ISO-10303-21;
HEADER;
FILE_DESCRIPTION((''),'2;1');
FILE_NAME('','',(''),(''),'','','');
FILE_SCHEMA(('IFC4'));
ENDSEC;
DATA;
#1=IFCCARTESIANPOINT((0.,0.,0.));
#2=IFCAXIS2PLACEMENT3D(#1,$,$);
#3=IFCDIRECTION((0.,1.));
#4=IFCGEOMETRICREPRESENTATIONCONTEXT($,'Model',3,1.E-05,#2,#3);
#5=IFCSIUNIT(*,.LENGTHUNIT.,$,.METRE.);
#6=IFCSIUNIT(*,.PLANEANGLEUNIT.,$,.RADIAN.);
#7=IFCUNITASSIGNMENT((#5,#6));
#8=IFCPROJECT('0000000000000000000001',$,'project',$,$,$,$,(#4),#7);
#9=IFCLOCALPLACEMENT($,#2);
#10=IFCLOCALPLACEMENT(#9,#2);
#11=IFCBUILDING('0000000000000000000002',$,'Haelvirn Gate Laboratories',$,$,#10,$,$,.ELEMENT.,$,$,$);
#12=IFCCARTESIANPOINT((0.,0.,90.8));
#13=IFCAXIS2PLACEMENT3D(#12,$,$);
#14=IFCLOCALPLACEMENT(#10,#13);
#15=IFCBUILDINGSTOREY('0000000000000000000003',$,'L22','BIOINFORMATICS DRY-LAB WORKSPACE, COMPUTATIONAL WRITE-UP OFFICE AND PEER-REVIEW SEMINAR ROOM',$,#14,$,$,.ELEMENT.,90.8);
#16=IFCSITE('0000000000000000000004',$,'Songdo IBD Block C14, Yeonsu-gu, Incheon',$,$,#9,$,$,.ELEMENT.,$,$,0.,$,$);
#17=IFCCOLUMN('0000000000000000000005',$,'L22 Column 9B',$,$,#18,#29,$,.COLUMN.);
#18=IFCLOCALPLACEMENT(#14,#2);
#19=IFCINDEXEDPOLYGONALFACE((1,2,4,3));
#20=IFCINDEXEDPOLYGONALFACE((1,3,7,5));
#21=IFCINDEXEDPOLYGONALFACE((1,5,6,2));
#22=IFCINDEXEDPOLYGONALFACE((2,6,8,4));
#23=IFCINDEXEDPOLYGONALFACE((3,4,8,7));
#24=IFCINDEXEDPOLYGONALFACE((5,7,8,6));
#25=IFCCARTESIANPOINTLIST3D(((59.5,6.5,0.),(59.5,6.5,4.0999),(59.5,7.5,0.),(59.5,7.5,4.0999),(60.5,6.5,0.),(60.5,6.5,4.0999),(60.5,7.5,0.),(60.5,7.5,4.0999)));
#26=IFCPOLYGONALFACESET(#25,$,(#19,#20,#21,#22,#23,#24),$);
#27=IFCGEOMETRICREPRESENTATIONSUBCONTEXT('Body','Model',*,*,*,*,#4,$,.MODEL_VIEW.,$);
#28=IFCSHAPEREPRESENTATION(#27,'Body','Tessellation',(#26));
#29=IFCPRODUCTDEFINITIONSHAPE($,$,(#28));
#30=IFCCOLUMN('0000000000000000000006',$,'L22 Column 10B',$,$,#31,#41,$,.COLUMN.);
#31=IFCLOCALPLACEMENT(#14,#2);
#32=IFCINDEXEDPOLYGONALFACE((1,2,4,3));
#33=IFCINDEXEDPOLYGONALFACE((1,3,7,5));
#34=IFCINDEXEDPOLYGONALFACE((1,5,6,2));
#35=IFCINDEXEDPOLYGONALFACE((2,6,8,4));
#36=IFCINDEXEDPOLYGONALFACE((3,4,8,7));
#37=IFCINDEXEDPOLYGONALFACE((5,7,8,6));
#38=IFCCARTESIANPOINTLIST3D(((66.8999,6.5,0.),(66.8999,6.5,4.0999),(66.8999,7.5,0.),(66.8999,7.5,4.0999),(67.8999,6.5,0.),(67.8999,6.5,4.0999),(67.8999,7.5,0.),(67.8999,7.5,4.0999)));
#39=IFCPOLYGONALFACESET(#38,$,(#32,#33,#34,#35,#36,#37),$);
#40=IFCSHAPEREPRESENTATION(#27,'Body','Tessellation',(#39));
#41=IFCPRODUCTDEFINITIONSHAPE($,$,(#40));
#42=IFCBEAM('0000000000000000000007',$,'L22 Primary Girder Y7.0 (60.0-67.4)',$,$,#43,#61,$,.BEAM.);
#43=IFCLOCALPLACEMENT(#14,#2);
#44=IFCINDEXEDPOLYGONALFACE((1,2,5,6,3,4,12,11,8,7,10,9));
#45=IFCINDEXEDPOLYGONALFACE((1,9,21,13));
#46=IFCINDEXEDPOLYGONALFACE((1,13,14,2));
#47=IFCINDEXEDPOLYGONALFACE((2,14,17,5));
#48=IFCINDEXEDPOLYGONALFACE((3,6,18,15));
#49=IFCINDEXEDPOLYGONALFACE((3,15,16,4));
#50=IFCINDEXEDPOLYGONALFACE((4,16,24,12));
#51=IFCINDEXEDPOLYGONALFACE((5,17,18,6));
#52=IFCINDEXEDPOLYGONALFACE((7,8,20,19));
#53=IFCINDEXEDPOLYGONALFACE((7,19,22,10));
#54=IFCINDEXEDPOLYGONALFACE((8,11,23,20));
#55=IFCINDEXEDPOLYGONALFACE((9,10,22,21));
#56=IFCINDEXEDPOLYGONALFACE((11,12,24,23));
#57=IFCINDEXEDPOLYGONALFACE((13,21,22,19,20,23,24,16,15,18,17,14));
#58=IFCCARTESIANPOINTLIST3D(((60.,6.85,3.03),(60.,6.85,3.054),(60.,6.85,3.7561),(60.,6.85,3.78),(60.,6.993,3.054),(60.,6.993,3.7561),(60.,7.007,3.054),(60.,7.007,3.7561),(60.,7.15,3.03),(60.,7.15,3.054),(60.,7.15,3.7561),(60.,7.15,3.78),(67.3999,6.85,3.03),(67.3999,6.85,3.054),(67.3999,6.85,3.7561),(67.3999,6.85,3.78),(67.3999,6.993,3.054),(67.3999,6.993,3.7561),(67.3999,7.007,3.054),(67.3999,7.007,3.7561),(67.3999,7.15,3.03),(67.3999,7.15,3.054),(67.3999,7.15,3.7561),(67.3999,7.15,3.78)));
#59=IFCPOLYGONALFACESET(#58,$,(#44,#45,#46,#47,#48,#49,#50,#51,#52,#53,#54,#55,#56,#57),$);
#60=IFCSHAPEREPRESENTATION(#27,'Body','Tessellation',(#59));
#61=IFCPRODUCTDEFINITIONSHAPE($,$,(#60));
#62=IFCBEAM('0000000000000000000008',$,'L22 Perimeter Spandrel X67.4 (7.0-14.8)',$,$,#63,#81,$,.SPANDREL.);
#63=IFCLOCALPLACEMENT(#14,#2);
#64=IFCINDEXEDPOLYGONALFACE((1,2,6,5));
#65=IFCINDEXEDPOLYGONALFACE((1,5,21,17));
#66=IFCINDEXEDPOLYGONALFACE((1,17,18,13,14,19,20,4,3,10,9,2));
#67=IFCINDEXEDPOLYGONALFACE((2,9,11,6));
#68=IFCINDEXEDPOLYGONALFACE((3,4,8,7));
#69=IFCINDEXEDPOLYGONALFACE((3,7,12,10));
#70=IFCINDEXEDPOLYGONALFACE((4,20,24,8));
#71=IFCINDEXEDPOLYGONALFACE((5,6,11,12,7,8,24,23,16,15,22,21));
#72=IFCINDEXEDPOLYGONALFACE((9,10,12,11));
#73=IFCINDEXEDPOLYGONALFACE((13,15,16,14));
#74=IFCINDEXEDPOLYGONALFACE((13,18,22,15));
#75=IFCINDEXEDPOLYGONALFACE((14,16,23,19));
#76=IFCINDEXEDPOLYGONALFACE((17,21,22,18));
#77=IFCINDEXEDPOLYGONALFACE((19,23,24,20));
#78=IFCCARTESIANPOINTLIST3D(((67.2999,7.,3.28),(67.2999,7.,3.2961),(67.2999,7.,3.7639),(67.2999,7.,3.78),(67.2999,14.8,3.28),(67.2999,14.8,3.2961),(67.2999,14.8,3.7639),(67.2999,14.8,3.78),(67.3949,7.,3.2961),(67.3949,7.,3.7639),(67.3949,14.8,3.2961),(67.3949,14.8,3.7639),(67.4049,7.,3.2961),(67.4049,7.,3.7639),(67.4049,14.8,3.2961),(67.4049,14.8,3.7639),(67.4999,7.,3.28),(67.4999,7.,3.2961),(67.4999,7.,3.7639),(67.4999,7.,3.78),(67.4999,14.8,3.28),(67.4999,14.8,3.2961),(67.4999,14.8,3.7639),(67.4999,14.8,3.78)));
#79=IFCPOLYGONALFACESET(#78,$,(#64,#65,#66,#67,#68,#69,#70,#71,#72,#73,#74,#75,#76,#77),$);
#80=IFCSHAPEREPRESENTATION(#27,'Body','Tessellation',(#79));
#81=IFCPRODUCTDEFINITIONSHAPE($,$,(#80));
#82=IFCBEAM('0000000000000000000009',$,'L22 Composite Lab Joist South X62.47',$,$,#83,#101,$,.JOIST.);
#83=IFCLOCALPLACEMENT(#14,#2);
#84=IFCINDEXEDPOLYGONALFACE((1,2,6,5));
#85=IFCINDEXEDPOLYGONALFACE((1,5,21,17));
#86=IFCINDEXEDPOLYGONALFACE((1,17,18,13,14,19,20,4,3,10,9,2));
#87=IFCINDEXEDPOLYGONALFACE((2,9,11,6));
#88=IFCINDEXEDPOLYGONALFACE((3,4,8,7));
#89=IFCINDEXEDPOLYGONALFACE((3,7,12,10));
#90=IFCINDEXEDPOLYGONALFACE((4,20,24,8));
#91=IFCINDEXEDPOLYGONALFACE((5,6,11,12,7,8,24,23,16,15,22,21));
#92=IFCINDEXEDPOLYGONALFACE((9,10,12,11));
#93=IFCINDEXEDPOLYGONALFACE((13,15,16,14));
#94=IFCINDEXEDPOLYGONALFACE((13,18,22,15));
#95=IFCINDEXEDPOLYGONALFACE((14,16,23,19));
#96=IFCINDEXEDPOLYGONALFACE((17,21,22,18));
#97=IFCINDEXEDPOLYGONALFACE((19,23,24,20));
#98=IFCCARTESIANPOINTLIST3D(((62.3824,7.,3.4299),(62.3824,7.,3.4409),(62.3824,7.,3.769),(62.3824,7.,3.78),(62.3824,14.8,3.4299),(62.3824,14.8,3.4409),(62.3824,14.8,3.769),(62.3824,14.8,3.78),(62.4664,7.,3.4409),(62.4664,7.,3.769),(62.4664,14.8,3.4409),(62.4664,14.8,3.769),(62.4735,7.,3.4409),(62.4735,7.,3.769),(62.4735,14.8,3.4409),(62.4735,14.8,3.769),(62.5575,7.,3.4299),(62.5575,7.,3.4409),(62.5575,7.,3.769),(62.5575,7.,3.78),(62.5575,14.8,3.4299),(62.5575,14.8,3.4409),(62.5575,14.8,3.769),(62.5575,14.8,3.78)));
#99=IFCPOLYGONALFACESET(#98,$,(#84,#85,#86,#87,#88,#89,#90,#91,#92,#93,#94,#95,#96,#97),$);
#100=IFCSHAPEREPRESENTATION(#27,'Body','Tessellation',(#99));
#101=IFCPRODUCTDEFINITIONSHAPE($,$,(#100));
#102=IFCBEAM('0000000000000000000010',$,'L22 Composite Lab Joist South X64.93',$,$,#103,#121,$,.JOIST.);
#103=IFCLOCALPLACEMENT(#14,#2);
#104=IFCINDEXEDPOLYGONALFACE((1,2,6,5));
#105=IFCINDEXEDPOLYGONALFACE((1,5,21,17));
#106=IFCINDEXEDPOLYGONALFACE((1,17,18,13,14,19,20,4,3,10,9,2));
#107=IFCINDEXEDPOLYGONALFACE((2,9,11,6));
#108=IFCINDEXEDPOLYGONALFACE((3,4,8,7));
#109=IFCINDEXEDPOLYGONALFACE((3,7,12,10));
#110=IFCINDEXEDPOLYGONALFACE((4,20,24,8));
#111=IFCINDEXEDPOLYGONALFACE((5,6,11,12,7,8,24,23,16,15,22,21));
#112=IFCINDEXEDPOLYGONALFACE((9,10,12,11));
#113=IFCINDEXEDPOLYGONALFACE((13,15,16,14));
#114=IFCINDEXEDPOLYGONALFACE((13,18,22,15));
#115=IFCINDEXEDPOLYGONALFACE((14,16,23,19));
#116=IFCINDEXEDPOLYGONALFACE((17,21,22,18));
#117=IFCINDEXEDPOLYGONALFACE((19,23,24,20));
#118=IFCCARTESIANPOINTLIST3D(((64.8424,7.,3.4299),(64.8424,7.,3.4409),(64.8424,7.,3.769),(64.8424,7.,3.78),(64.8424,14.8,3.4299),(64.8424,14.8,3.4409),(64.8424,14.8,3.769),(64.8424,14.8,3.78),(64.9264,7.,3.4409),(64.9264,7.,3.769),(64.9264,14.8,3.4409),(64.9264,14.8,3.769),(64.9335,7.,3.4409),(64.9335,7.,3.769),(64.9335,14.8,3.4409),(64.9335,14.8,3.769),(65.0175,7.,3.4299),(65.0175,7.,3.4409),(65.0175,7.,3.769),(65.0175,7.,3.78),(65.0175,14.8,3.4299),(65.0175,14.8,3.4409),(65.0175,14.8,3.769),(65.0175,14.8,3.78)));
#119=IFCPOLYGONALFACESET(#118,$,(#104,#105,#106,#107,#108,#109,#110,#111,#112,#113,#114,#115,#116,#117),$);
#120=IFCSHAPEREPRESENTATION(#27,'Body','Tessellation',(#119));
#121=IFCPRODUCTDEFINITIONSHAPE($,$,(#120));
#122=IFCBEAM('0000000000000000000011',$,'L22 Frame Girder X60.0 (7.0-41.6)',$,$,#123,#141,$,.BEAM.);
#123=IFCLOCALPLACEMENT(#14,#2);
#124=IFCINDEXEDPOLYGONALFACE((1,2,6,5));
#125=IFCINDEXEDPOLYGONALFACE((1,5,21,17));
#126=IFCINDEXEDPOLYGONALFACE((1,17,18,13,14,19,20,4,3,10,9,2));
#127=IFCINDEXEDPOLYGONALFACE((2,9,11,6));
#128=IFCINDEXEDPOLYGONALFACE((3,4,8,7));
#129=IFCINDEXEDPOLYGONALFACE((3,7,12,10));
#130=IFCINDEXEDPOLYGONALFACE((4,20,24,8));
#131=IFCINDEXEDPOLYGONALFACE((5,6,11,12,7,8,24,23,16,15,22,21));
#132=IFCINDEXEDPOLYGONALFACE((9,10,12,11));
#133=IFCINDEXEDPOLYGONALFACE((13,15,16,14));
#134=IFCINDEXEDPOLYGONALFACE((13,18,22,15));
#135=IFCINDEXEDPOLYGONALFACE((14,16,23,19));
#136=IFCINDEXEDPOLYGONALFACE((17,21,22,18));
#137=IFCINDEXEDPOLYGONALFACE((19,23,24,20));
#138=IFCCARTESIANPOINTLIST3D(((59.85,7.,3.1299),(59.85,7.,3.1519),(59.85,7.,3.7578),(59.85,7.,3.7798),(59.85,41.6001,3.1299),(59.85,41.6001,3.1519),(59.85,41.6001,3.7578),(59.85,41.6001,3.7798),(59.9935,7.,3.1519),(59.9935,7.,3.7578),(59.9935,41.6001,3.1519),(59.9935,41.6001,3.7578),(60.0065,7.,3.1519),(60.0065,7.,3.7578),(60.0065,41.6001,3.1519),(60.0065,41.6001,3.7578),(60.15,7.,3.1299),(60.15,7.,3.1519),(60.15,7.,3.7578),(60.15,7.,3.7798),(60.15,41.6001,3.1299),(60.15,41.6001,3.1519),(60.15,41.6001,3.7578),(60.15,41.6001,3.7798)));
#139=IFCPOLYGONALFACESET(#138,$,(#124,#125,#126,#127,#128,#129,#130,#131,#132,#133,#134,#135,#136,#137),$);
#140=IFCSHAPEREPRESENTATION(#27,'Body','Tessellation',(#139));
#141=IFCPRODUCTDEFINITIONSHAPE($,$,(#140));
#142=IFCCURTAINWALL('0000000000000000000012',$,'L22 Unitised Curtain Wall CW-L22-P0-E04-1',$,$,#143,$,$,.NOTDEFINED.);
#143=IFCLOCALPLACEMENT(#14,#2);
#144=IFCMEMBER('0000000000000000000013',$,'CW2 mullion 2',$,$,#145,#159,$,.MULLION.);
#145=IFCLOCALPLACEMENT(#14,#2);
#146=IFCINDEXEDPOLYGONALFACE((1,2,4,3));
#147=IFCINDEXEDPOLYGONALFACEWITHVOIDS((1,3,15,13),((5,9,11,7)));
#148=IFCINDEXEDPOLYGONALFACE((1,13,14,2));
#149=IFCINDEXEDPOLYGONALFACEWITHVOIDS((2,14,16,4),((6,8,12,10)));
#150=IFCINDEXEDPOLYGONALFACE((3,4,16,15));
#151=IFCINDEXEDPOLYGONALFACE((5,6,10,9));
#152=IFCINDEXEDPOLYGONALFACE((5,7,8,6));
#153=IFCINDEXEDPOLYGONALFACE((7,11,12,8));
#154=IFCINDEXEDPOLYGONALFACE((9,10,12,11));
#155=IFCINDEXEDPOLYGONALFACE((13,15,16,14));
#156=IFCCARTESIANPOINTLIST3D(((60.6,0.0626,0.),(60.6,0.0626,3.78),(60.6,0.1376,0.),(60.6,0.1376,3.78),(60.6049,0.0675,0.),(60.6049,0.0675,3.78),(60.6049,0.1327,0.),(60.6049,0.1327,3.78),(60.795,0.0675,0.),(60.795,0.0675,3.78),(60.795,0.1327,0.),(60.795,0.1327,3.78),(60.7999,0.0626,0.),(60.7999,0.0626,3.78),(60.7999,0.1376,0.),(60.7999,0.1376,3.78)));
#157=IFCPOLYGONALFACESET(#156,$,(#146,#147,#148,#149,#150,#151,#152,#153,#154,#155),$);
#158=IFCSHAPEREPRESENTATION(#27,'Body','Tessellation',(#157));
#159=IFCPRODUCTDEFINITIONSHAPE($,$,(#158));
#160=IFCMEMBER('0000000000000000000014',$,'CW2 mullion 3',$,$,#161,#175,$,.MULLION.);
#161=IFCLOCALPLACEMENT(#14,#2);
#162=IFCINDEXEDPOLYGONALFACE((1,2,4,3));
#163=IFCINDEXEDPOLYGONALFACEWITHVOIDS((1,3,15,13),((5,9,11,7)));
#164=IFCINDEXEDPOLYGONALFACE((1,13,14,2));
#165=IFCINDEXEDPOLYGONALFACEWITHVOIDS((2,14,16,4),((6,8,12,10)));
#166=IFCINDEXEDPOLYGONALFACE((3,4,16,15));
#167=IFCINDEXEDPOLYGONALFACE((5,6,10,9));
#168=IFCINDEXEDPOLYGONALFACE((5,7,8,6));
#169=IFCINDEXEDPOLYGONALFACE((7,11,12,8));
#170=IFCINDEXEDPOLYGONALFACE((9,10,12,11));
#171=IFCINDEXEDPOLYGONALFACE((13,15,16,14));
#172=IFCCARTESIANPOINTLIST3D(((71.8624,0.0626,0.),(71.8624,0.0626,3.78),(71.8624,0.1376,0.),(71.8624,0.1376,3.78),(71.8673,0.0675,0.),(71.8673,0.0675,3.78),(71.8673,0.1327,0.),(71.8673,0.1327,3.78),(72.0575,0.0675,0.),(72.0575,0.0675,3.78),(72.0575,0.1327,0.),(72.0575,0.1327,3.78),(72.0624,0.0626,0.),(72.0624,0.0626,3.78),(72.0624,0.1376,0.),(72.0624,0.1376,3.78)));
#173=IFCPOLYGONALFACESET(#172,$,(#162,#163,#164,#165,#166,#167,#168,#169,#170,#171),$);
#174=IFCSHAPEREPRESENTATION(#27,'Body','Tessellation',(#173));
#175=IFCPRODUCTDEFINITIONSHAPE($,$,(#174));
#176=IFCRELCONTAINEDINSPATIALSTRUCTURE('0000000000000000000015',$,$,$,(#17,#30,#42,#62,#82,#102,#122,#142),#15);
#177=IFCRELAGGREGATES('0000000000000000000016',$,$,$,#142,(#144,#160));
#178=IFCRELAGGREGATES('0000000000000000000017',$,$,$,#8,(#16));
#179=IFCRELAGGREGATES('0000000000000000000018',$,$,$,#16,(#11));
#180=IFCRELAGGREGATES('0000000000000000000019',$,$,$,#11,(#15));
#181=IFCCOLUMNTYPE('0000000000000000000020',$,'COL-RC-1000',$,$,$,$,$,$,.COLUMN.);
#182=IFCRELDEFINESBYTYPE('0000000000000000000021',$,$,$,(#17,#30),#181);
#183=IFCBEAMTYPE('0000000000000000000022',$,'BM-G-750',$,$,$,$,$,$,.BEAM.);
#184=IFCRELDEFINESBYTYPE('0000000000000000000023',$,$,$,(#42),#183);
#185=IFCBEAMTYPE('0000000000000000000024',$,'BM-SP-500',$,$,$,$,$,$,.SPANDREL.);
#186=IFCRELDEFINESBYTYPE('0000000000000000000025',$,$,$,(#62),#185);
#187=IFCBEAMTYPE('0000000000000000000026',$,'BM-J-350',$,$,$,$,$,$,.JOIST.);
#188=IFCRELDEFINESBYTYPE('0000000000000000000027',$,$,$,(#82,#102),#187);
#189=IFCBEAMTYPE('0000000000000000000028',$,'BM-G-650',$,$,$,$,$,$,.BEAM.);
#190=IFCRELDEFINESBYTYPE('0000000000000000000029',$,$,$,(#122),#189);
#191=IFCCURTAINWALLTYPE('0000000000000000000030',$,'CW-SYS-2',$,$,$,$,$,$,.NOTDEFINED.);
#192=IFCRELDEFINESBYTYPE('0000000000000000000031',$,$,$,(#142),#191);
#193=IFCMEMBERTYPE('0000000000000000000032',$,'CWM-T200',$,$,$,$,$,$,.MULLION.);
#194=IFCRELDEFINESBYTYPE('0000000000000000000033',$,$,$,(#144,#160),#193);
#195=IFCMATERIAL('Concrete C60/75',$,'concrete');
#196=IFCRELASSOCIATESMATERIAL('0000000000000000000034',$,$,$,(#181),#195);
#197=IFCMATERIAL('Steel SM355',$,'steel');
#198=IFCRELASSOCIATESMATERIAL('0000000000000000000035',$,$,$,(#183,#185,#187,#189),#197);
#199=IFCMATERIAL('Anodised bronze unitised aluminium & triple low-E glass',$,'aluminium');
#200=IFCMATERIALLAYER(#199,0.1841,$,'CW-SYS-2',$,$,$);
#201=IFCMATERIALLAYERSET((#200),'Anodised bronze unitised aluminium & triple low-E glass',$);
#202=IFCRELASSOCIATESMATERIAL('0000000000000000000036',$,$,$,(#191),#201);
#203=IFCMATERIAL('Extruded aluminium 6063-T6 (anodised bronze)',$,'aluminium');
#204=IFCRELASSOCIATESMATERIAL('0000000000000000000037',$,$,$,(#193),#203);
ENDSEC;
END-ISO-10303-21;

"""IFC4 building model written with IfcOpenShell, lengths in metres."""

from ifc_helpers import new_model, si_unit, direction, frame, origin, origin_2d, place, context, subcontext, project, spatial, rectangle, hollow_rectangle, i_section, extrude, source, transform, mapped, material, layer, layer_set, material_profile, profile_set, type_object, type_shapes, element, aggregate, save


model = new_model("IFC4")

# Units and contexts
model_context = context("Model", 3, precision=1e-05, world=origin(), true_north=direction((0.0, 1.0)))
body_context = subcontext(model_context, "Body", "Model", "MODEL_VIEW")
ifc_project = project(units=[si_unit("LENGTHUNIT", "METRE"), si_unit("PLANEANGLEUNIT", "RADIAN")], contexts=[model_context])

# Site, building, storey
site_placement = place(None, origin())
site = spatial("IfcSite", under=ifc_project, at=site_placement, Name="Songdo IBD Block C14, Yeonsu-gu, Incheon", CompositionType="ELEMENT", RefElevation=0.0)
building_placement = place(site_placement, origin())
building = spatial("IfcBuilding", under=site, at=building_placement, Name="Haelvirn Gate Laboratories", CompositionType="ELEMENT")
storey_placement = place(building_placement, frame((0.0, 0.0, 90.8)))
storey = spatial("IfcBuildingStorey", under=building, at=storey_placement, Name="L22", Description="BIOINFORMATICS DRY-LAB WORKSPACE, COMPUTATIONAL WRITE-UP OFFICE AND PEER-REVIEW SEMINAR ROOM", CompositionType="ELEMENT", Elevation=90.8)

# Columns
ifc_material_1 = material(Name="Concrete C60/75", Category="concrete")
ifc_material_profile_1 = material_profile(ifc_material_1, rectangle(XDim=1.0, YDim=1.0, at=origin_2d()), Name="RC-1000x1000")
ifc_profile_set_1 = profile_set([ifc_material_profile_1], Name="Concrete C60/75")
column_type = type_object("IfcColumnType", Name="COL-RC-1000", PredefinedType="COLUMN", material=ifc_profile_set_1)
shared_shape_1 = source(origin(), body_context, "Body", "SweptSolid", [
    extrude(rectangle(XDim=1.0, YDim=1.0, at=origin_2d()), origin(), (0.0, 0.0, 1.0), 4.0999),
])
type_shapes(column_type, [shared_shape_1])
for number, where, z_axis, x_axis, name in (
    (1, (60.0, 7.0, 0.0), (0.0, 0.0, 1.0), (1.0, 0.0, 0.0), "L22 Column 9B"),
    (2, (67.3999, 7.0, 0.0), (0.0, 0.0, 1.0), (1.0, 0.0, 0.0), "L22 Column 10B"),
):
    element("IfcColumn", number, at=place(storey_placement, frame(where, z_axis=z_axis, x_axis=x_axis)), inside=storey, type_object=column_type, Name=name, PredefinedType="COLUMN", context=body_context, shape_type="MappedRepresentation", body=[
        mapped(shared_shape_1, transform((0.0, 0.0, 0.0), scale=1.0)),
    ])

# Beams
ifc_material_2 = material(Name="Steel SM355", Category="steel")
ifc_material_profile_2 = material_profile(ifc_material_2, i_section(OverallWidth=0.3, OverallDepth=0.75, WebThickness=0.0139, FlangeThickness=0.0239, at=origin_2d()), Name="H-750x300x14x24")
ifc_profile_set_2 = profile_set([ifc_material_profile_2], Name="Steel SM355")
beam_type_1 = type_object("IfcBeamType", Name="BM-G-750", PredefinedType="BEAM", material=ifc_profile_set_2)
shared_shape_2 = source(origin(), body_context, "Body", "SweptSolid", [
    extrude(i_section(OverallWidth=0.3, OverallDepth=0.75, WebThickness=0.0139, FlangeThickness=0.0239, at=origin_2d()), origin(), (0.0, 0.0, 1.0), 7.3999),
])
type_shapes(beam_type_1, [shared_shape_2])
beam_1_placement = place(storey_placement, frame((60.0, 7.0, 3.405), z_axis=(1.0, 0.0, 0.0), x_axis=(0.0, 1.0, 0.0)))
element("IfcBeam", 3, at=beam_1_placement, inside=storey, type_object=beam_type_1, Name="L22 Primary Girder Y7.0 (60.0-67.4)", PredefinedType="BEAM", context=body_context, shape_type="MappedRepresentation", body=[
    mapped(shared_shape_2, transform((0.0, 0.0, 0.0), scale=1.0)),
])
ifc_material_profile_3 = material_profile(ifc_material_2, i_section(OverallWidth=0.2, OverallDepth=0.5, WebThickness=0.01, FlangeThickness=0.0161, at=origin_2d()), Name="H-500x200x10x16")
ifc_profile_set_3 = profile_set([ifc_material_profile_3], Name="Steel SM355")
beam_type_2 = type_object("IfcBeamType", Name="BM-SP-500", PredefinedType="SPANDREL", material=ifc_profile_set_3)
shared_shape_3 = source(origin(), body_context, "Body", "SweptSolid", [
    extrude(i_section(OverallWidth=0.2, OverallDepth=0.5, WebThickness=0.01, FlangeThickness=0.0161, at=origin_2d()), origin(), (0.0, 0.0, 1.0), 7.8),
])
type_shapes(beam_type_2, [shared_shape_3])
beam_2_placement = place(storey_placement, frame((67.3999, 7.0, 3.53), z_axis=(0.0, 1.0, 0.0), x_axis=(-1.0, 0.0, 0.0)))
element("IfcBeam", 4, at=beam_2_placement, inside=storey, type_object=beam_type_2, Name="L22 Perimeter Spandrel X67.4 (7.0-14.8)", PredefinedType="SPANDREL", context=body_context, shape_type="MappedRepresentation", body=[
    mapped(shared_shape_3, transform((0.0, 0.0, 0.0), scale=1.0)),
])
ifc_material_profile_4 = material_profile(ifc_material_2, i_section(OverallWidth=0.175, OverallDepth=0.3501, WebThickness=0.0071, FlangeThickness=0.011, at=origin_2d()), Name="H-350x175x7x11")
ifc_profile_set_4 = profile_set([ifc_material_profile_4], Name="Steel SM355")
beam_type_3 = type_object("IfcBeamType", Name="BM-J-350", PredefinedType="JOIST", material=ifc_profile_set_4)
shared_shape_4 = source(origin(), body_context, "Body", "SweptSolid", [
    extrude(i_section(OverallWidth=0.175, OverallDepth=0.3501, WebThickness=0.0071, FlangeThickness=0.011, at=origin_2d()), origin(), (0.0, 0.0, 1.0), 7.8),
])
type_shapes(beam_type_3, [shared_shape_4])
for number, where, z_axis, x_axis, name in (
    (5, (62.47, 7.0, 3.605), (0.0, 1.0, 0.0), (-1.0, 0.0, 0.0), "L22 Composite Lab Joist South X62.47"),
    (6, (64.9299, 7.0, 3.605), (0.0, 1.0, 0.0), (-1.0, 0.0, 0.0), "L22 Composite Lab Joist South X64.93"),
):
    element("IfcBeam", number, at=place(storey_placement, frame(where, z_axis=z_axis, x_axis=x_axis)), inside=storey, type_object=beam_type_3, Name=name, PredefinedType="JOIST", context=body_context, shape_type="MappedRepresentation", body=[
        mapped(shared_shape_4, transform((0.0, 0.0, 0.0), scale=1.0)),
    ])
ifc_material_profile_5 = material_profile(ifc_material_2, i_section(OverallWidth=0.3, OverallDepth=0.6499, WebThickness=0.0129, FlangeThickness=0.022, at=origin_2d()), Name="H-650x300x13x22")
ifc_profile_set_5 = profile_set([ifc_material_profile_5], Name="Steel SM355")
beam_type_4 = type_object("IfcBeamType", Name="BM-G-650", PredefinedType="BEAM", material=ifc_profile_set_5)
shared_shape_5 = source(origin(), body_context, "Body", "SweptSolid", [
    extrude(i_section(OverallWidth=0.3, OverallDepth=0.6499, WebThickness=0.0129, FlangeThickness=0.022, at=origin_2d()), origin(), (0.0, 0.0, 1.0), 34.6001),
])
type_shapes(beam_type_4, [shared_shape_5])
beam_3_placement = place(storey_placement, frame((60.0, 7.0, 3.4548), z_axis=(0.0, 1.0, 0.0), x_axis=(-1.0, 0.0, 0.0)))
element("IfcBeam", 7, at=beam_3_placement, inside=storey, type_object=beam_type_4, Name="L22 Frame Girder X60.0 (7.0-41.6)", PredefinedType="BEAM", context=body_context, shape_type="MappedRepresentation", body=[
    mapped(shared_shape_5, transform((0.0, 0.0, 0.0), scale=1.0)),
])

# Curtain wall, members
ifc_material_3 = material(Name="Anodised bronze unitised aluminium & triple low-E glass", Category="aluminium")
ifc_layer_1 = layer(ifc_material_3, 0.1841, Name="CW-SYS-2")
ifc_layer_set_1 = layer_set([ifc_layer_1], Name="Anodised bronze unitised aluminium & triple low-E glass")
curtain_wall_type_1 = type_object("IfcCurtainWallType", Name="CW-SYS-2", PredefinedType="NOTDEFINED", material=ifc_layer_set_1)
curtain_wall_1_placement = place(storey_placement, origin())
curtain_wall_1 = element("IfcCurtainWall", 8, at=curtain_wall_1_placement, inside=storey, type_object=curtain_wall_type_1, Name="L22 Unitised Curtain Wall CW-L22-P0-E04-1", PredefinedType="NOTDEFINED")
ifc_material_4 = material(Name="Extruded aluminium 6063-T6 (anodised bronze)", Category="aluminium")
ifc_material_profile_6 = material_profile(ifc_material_4, hollow_rectangle(XDim=0.075, YDim=0.2, WallThickness=0.0049, at=origin_2d()), Name="CWM-200x75x5")
ifc_profile_set_6 = profile_set([ifc_material_profile_6], Name="Extruded aluminium 6063-T6 (anodised bronze)")
member_type_1 = type_object("IfcMemberType", Name="CWM-T200", PredefinedType="MULLION", material=ifc_profile_set_6)
shared_shape_6 = source(origin(), body_context, "Body", "SweptSolid", [
    extrude(hollow_rectangle(XDim=0.075, YDim=0.2, WallThickness=0.0049, at=origin_2d()), origin(), (0.0, 0.0, 1.0), 3.78),
])
type_shapes(member_type_1, [shared_shape_6])
member_1_placement = place(storey_placement, frame((60.7, 0.1001, 0.0), z_axis=(0.0, 0.0, 1.0), x_axis=(0.0, 1.0, 0.0)))
member_1 = element("IfcMember", 9, at=member_1_placement, type_object=member_type_1, Name="CW2 mullion 2", PredefinedType="MULLION", context=body_context, shape_type="MappedRepresentation", body=[
    mapped(shared_shape_6, transform((0.0, 0.0, 0.0), scale=1.0)),
])
member_2_placement = place(storey_placement, frame((71.9624, 0.1001, 0.0), z_axis=(0.0, 0.0, 1.0), x_axis=(0.0, 1.0, 0.0)))
member_2 = element("IfcMember", 10, at=member_2_placement, type_object=member_type_1, Name="CW2 mullion 3", PredefinedType="MULLION", context=body_context, shape_type="MappedRepresentation", body=[
    mapped(shared_shape_6, transform((0.0, 0.0, 0.0), scale=1.0)),
])

aggregate(curtain_wall_1, [member_1, member_2])

save(model, "model.ifc")
